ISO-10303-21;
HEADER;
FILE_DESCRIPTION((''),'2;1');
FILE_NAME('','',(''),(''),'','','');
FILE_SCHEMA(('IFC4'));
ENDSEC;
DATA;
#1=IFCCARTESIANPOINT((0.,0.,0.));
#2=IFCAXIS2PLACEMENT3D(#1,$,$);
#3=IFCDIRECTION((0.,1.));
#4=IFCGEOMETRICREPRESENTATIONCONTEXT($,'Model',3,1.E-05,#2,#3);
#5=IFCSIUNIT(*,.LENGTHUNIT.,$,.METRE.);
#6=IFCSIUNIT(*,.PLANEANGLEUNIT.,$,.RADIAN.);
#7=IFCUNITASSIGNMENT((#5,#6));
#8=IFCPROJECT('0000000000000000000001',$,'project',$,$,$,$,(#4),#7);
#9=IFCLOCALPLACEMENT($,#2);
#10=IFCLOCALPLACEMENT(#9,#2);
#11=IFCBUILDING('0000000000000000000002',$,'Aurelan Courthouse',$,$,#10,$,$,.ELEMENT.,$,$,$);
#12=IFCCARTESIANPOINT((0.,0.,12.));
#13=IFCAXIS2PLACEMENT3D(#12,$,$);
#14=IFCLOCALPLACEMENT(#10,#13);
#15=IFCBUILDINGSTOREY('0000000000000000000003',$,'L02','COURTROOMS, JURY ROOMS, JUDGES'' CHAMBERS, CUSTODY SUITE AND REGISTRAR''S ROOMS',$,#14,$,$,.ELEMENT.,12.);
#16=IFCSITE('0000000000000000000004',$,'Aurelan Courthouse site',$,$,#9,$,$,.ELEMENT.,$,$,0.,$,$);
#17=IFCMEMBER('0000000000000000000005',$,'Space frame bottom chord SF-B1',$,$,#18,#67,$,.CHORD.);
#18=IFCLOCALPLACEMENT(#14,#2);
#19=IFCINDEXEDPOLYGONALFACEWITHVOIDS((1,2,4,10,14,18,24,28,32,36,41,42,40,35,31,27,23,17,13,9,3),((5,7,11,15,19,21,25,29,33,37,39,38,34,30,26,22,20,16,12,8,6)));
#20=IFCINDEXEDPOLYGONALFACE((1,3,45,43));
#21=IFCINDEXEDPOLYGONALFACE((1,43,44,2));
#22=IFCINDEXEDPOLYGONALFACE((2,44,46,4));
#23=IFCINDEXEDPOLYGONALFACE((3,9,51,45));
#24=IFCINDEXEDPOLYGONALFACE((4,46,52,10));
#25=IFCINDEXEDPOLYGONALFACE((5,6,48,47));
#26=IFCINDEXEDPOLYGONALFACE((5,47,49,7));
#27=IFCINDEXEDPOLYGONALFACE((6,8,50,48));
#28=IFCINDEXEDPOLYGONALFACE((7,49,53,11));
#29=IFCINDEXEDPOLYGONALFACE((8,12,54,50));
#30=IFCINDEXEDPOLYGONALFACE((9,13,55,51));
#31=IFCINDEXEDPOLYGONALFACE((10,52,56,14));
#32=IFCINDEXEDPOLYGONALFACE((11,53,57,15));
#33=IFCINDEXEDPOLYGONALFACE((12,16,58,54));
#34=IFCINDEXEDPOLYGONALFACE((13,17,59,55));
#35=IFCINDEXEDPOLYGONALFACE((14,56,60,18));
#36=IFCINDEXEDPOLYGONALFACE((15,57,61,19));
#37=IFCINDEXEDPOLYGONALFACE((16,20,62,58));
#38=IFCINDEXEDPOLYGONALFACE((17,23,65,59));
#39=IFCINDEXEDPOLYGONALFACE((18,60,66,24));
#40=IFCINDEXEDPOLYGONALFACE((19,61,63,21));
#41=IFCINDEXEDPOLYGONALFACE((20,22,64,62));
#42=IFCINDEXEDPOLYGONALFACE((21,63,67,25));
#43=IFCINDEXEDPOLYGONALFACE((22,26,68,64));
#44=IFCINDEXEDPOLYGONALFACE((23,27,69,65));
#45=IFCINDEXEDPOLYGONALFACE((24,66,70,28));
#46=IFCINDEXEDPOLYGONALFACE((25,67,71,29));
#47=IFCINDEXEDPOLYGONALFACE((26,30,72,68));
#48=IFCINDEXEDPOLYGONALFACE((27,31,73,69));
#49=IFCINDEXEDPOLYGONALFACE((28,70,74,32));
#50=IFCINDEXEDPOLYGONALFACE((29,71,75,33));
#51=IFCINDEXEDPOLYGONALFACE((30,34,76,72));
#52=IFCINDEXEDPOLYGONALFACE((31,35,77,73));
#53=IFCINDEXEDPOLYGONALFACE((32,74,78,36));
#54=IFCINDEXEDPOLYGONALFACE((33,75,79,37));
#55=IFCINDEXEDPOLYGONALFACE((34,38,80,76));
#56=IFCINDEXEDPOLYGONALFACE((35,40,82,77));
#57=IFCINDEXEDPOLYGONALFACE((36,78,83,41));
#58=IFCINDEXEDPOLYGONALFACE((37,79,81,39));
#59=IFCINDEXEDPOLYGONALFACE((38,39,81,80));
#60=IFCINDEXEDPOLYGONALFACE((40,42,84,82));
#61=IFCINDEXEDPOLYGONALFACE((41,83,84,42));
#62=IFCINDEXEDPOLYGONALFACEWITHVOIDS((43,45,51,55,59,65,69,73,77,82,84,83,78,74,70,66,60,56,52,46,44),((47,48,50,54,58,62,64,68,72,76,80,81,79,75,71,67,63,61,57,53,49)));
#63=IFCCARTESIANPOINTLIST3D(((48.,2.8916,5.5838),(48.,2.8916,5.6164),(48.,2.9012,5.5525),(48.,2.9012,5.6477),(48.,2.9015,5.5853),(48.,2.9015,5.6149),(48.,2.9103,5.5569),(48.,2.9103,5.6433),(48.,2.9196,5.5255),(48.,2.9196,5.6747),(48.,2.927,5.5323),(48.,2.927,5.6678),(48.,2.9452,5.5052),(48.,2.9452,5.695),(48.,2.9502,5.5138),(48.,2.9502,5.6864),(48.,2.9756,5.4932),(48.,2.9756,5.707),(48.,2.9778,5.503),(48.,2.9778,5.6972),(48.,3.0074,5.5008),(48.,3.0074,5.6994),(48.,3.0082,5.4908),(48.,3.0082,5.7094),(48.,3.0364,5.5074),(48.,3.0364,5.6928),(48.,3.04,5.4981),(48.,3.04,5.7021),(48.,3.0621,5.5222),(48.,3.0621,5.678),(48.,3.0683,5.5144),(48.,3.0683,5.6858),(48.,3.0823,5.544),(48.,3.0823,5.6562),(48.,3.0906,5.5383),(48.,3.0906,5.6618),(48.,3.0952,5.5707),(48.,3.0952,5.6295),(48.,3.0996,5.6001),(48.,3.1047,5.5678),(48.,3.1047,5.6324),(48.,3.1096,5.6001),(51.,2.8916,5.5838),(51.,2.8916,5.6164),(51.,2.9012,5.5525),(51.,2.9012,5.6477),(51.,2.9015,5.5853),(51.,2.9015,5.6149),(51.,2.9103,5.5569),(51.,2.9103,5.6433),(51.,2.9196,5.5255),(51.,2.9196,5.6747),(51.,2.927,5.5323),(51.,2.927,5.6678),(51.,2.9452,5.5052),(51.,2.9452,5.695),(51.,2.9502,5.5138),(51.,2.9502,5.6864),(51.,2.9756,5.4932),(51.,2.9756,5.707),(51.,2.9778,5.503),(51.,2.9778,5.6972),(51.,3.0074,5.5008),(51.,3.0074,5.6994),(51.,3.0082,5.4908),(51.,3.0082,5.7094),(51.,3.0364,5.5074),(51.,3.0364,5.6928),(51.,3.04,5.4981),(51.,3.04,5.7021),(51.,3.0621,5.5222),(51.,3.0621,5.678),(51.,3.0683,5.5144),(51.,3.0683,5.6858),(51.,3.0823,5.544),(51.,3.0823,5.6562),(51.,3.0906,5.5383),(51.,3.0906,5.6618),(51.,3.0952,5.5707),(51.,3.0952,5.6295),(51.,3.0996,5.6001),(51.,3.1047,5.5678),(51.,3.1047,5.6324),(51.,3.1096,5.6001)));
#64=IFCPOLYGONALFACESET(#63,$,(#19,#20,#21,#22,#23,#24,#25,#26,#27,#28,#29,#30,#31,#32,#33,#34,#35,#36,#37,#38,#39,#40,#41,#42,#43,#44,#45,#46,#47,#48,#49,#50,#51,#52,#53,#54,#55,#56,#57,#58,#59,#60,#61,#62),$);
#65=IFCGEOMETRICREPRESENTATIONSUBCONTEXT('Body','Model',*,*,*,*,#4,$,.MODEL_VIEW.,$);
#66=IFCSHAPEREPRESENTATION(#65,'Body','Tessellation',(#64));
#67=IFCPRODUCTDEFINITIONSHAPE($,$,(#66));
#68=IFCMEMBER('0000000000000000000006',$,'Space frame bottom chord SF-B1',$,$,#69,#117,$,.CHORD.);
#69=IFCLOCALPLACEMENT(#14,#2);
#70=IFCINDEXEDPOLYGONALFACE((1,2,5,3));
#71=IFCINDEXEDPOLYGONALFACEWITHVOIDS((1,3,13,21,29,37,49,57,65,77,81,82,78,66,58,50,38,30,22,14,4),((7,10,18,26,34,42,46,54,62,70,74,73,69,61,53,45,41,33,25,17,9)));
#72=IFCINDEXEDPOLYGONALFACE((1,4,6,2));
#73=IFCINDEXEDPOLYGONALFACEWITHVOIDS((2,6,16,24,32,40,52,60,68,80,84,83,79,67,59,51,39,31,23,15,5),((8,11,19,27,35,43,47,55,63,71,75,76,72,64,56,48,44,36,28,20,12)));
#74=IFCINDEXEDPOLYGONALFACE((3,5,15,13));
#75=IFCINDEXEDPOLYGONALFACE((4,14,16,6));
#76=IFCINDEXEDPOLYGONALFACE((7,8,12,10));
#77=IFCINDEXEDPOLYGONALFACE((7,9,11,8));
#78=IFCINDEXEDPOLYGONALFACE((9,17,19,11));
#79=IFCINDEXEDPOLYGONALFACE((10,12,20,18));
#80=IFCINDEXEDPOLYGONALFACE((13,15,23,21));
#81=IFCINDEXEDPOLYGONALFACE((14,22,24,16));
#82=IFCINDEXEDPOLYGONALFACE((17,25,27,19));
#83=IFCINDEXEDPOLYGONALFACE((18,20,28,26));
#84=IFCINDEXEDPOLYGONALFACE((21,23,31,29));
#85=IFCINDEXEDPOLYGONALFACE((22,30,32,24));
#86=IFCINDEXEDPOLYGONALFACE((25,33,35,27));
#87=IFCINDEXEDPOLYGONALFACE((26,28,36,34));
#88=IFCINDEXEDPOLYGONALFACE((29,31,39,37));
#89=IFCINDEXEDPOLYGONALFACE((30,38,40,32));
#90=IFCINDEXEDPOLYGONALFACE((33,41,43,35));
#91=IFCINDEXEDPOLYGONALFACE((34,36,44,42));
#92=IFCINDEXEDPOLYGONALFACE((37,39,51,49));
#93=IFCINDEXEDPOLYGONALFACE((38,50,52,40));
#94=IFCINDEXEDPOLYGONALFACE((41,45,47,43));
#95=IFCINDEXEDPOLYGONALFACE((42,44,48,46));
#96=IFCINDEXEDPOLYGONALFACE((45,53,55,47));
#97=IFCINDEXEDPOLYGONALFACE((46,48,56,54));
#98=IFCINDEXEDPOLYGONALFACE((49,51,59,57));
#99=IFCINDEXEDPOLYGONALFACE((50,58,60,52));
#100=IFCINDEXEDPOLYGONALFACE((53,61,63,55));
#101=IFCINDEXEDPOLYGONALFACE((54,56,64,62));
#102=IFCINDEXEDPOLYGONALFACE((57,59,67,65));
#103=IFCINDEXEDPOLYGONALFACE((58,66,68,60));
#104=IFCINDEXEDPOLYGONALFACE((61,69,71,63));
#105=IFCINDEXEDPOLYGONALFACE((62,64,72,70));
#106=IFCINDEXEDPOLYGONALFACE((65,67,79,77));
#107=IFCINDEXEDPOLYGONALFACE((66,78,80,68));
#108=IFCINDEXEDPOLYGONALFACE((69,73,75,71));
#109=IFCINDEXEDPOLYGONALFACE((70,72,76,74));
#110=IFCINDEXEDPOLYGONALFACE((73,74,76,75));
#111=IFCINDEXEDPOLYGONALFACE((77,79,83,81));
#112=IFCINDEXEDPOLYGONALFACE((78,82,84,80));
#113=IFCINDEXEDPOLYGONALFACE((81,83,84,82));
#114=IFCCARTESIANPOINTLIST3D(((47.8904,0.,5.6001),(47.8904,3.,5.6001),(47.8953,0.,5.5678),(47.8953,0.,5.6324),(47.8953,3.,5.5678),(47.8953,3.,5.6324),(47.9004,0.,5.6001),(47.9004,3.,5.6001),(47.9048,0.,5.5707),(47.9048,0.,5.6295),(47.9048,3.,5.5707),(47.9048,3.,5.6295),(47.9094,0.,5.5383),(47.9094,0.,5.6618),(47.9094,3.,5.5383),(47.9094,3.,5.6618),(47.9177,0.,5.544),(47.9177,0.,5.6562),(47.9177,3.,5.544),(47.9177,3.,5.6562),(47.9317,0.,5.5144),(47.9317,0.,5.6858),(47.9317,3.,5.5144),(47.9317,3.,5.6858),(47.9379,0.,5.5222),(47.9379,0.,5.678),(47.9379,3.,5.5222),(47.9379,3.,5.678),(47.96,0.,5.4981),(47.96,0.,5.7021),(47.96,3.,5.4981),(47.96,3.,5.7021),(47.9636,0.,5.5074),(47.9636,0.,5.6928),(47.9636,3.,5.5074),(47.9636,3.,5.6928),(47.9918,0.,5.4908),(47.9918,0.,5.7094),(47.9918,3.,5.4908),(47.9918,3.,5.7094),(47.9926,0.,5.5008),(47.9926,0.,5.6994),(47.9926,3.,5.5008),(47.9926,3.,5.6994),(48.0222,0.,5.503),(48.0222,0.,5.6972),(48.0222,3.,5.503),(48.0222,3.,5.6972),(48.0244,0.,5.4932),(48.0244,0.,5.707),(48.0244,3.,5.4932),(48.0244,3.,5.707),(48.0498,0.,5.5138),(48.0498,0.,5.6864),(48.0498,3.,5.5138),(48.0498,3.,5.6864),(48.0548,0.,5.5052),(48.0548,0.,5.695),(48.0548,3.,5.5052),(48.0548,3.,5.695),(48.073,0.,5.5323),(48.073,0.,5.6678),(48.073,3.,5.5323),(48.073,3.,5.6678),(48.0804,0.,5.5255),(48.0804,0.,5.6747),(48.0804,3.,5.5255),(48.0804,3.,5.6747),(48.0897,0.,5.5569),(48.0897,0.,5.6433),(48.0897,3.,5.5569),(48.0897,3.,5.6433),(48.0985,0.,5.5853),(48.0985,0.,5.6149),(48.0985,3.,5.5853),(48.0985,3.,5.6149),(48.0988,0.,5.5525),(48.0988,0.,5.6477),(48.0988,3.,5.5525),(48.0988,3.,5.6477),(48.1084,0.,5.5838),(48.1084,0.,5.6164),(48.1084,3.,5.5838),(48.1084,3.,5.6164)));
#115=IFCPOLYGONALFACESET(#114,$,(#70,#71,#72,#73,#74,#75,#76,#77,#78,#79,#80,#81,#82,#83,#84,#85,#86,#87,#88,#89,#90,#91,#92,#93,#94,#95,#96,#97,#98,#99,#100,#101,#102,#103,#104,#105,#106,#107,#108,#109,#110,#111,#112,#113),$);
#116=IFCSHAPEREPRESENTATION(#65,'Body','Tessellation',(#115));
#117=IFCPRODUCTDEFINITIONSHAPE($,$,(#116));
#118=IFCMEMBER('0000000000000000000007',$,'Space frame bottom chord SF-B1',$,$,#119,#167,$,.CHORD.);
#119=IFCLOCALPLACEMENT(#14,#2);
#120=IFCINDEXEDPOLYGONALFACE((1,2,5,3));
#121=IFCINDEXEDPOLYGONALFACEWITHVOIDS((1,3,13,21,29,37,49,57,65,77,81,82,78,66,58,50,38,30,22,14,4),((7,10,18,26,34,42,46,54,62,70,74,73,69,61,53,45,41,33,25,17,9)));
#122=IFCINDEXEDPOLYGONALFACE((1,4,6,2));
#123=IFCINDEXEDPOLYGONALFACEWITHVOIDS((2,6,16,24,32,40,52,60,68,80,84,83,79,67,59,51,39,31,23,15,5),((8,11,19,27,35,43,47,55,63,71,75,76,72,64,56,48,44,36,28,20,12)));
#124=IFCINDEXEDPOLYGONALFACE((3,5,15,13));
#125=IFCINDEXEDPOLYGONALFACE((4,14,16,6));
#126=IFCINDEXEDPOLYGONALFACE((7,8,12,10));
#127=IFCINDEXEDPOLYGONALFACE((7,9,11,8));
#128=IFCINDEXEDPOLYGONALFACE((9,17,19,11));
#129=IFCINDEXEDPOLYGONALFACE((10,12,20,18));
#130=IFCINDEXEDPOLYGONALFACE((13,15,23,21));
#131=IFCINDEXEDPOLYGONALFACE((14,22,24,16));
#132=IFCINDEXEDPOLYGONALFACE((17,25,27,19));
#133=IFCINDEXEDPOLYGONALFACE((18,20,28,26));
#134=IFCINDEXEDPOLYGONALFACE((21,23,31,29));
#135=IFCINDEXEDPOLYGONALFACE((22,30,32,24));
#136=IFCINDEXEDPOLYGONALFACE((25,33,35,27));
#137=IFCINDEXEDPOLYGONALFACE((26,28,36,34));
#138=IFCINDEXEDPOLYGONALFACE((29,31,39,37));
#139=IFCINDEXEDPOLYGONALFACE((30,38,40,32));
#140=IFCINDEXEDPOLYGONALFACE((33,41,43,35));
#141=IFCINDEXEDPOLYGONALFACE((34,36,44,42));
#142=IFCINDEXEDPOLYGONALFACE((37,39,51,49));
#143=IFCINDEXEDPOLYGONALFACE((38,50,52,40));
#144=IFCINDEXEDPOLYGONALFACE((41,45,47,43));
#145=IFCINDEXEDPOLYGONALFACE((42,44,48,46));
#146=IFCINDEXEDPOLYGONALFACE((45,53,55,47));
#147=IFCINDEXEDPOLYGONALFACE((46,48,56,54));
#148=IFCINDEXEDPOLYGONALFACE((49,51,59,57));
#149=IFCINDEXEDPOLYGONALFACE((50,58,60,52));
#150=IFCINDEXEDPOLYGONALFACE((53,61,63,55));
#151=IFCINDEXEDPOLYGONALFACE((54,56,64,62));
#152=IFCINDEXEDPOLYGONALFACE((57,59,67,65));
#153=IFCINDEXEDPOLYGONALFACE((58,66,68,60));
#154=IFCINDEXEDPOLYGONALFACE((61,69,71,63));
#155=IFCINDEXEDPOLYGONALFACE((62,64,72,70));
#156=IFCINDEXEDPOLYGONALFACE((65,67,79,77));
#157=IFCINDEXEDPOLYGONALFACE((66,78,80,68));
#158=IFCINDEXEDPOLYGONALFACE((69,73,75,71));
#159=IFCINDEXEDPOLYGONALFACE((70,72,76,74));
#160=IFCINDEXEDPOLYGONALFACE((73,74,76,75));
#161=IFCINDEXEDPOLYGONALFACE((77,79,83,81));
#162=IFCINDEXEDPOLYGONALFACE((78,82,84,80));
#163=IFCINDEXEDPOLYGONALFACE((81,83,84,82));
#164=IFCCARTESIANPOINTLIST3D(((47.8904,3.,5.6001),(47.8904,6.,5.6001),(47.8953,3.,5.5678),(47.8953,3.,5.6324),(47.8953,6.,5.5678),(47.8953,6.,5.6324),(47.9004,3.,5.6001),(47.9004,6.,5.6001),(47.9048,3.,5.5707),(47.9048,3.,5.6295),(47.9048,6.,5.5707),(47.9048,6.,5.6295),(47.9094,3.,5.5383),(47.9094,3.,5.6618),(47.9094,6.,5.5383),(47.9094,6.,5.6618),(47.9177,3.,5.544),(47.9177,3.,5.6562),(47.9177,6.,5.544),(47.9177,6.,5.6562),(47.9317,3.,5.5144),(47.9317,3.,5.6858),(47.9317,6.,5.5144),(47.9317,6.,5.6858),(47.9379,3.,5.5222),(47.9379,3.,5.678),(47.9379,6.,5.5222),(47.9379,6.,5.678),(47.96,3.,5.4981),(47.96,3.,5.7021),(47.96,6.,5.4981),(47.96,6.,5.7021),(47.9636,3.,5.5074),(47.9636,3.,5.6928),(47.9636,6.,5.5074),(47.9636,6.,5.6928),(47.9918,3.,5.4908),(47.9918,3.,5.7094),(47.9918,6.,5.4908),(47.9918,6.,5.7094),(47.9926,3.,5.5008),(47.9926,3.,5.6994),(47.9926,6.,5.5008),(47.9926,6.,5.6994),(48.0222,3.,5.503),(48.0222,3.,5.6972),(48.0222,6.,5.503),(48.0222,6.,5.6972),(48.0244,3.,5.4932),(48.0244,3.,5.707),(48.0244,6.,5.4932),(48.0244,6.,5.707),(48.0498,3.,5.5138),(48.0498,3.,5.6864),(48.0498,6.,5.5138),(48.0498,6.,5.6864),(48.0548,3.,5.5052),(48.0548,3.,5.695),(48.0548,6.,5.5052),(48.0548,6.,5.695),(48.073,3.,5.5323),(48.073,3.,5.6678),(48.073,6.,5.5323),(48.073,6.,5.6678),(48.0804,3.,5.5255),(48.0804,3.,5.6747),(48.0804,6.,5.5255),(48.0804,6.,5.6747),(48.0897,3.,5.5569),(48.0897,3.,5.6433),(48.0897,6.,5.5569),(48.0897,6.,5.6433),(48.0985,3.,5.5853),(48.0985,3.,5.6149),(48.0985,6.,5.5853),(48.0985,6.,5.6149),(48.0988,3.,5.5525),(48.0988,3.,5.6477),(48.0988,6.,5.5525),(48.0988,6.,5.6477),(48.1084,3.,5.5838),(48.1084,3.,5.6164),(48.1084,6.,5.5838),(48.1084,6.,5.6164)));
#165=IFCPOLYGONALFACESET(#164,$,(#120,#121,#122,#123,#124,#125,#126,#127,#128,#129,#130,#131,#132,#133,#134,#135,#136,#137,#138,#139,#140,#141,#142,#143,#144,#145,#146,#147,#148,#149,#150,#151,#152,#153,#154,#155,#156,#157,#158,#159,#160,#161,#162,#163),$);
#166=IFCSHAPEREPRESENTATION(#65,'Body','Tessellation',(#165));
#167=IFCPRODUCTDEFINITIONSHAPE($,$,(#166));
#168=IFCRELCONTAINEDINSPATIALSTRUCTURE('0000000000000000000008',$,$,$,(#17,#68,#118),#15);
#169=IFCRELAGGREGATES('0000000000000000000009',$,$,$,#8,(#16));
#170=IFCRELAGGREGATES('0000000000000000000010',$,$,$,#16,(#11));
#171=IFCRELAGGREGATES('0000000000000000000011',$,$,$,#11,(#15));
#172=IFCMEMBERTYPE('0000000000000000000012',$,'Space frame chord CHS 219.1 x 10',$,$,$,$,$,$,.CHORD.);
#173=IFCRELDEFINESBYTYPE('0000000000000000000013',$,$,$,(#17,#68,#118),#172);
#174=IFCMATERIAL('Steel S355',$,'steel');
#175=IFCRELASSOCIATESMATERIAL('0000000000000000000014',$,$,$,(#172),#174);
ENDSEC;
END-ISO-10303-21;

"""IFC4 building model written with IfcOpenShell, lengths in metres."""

from ifc_helpers import new_model, si_unit, direction, frame, origin, origin_2d, place, context, subcontext, project, spatial, hollow_circle, extrude, material, material_profile, profile_set, type_object, element, save


model = new_model("IFC4")

# Units and contexts
model_context = context("Model", 3, precision=1e-05, world=origin(), true_north=direction((0.0, 1.0)))
body_context = subcontext(model_context, "Body", "Model", "MODEL_VIEW")
ifc_project = project(units=[si_unit("LENGTHUNIT", "METRE"), si_unit("PLANEANGLEUNIT", "RADIAN")], contexts=[model_context])

# Site, building, storey
site_placement = place(None, origin())
site = spatial("IfcSite", under=ifc_project, at=site_placement, Name="Aurelan Courthouse site", CompositionType="ELEMENT", RefElevation=0.0)
building_placement = place(site_placement, origin())
building = spatial("IfcBuilding", under=site, at=building_placement, Name="Aurelan Courthouse", CompositionType="ELEMENT")
storey_placement = place(building_placement, frame((0.0, 0.0, 12.0)))
storey = spatial("IfcBuildingStorey", under=building, at=storey_placement, Name="L02", Description="COURTROOMS, JURY ROOMS, JUDGES' CHAMBERS, CUSTODY SUITE AND REGISTRAR'S ROOMS", CompositionType="ELEMENT", Elevation=12.0)

# Members
ifc_material_1 = material(Name="Steel S355", Category="steel")
ifc_material_profile_1 = material_profile(ifc_material_1, hollow_circle(Radius=0.1096, WallThickness=0.01, at=origin_2d()), Name="CHS 219.1 x 10")
ifc_profile_set_1 = profile_set([ifc_material_profile_1], Name="Steel S355")
member_type_1 = type_object("IfcMemberType", Name="Space frame chord CHS 219.1 x 10", PredefinedType="CHORD", material=ifc_profile_set_1)
for number, where, z_axis, x_axis, name in (
    (1, (48.0, 3.0, 5.6001), (1.0, 0.0, 0.0), (0.0, 1.0, 0.0), "Space frame bottom chord SF-B1"),
    (2, (48.0, 0.0, 5.6001), (0.0, 1.0, 0.0), (-1.0, 0.0, 0.0), "Space frame bottom chord SF-B1"),
    (3, (48.0, 3.0, 5.6001), (0.0, 1.0, 0.0), (-1.0, 0.0, 0.0), "Space frame bottom chord SF-B1"),
):
    element("IfcMember", number, at=place(storey_placement, frame(where, z_axis=z_axis, x_axis=x_axis)), inside=storey, type_object=member_type_1, Name=name, PredefinedType="CHORD", context=body_context, shape_type="SweptSolid", body=[
        extrude(hollow_circle(Radius=0.1096, WallThickness=0.01, at=origin_2d()), origin(), (0.0, 0.0, 1.0), 3.0),
    ])

save(model, "model.ifc")
